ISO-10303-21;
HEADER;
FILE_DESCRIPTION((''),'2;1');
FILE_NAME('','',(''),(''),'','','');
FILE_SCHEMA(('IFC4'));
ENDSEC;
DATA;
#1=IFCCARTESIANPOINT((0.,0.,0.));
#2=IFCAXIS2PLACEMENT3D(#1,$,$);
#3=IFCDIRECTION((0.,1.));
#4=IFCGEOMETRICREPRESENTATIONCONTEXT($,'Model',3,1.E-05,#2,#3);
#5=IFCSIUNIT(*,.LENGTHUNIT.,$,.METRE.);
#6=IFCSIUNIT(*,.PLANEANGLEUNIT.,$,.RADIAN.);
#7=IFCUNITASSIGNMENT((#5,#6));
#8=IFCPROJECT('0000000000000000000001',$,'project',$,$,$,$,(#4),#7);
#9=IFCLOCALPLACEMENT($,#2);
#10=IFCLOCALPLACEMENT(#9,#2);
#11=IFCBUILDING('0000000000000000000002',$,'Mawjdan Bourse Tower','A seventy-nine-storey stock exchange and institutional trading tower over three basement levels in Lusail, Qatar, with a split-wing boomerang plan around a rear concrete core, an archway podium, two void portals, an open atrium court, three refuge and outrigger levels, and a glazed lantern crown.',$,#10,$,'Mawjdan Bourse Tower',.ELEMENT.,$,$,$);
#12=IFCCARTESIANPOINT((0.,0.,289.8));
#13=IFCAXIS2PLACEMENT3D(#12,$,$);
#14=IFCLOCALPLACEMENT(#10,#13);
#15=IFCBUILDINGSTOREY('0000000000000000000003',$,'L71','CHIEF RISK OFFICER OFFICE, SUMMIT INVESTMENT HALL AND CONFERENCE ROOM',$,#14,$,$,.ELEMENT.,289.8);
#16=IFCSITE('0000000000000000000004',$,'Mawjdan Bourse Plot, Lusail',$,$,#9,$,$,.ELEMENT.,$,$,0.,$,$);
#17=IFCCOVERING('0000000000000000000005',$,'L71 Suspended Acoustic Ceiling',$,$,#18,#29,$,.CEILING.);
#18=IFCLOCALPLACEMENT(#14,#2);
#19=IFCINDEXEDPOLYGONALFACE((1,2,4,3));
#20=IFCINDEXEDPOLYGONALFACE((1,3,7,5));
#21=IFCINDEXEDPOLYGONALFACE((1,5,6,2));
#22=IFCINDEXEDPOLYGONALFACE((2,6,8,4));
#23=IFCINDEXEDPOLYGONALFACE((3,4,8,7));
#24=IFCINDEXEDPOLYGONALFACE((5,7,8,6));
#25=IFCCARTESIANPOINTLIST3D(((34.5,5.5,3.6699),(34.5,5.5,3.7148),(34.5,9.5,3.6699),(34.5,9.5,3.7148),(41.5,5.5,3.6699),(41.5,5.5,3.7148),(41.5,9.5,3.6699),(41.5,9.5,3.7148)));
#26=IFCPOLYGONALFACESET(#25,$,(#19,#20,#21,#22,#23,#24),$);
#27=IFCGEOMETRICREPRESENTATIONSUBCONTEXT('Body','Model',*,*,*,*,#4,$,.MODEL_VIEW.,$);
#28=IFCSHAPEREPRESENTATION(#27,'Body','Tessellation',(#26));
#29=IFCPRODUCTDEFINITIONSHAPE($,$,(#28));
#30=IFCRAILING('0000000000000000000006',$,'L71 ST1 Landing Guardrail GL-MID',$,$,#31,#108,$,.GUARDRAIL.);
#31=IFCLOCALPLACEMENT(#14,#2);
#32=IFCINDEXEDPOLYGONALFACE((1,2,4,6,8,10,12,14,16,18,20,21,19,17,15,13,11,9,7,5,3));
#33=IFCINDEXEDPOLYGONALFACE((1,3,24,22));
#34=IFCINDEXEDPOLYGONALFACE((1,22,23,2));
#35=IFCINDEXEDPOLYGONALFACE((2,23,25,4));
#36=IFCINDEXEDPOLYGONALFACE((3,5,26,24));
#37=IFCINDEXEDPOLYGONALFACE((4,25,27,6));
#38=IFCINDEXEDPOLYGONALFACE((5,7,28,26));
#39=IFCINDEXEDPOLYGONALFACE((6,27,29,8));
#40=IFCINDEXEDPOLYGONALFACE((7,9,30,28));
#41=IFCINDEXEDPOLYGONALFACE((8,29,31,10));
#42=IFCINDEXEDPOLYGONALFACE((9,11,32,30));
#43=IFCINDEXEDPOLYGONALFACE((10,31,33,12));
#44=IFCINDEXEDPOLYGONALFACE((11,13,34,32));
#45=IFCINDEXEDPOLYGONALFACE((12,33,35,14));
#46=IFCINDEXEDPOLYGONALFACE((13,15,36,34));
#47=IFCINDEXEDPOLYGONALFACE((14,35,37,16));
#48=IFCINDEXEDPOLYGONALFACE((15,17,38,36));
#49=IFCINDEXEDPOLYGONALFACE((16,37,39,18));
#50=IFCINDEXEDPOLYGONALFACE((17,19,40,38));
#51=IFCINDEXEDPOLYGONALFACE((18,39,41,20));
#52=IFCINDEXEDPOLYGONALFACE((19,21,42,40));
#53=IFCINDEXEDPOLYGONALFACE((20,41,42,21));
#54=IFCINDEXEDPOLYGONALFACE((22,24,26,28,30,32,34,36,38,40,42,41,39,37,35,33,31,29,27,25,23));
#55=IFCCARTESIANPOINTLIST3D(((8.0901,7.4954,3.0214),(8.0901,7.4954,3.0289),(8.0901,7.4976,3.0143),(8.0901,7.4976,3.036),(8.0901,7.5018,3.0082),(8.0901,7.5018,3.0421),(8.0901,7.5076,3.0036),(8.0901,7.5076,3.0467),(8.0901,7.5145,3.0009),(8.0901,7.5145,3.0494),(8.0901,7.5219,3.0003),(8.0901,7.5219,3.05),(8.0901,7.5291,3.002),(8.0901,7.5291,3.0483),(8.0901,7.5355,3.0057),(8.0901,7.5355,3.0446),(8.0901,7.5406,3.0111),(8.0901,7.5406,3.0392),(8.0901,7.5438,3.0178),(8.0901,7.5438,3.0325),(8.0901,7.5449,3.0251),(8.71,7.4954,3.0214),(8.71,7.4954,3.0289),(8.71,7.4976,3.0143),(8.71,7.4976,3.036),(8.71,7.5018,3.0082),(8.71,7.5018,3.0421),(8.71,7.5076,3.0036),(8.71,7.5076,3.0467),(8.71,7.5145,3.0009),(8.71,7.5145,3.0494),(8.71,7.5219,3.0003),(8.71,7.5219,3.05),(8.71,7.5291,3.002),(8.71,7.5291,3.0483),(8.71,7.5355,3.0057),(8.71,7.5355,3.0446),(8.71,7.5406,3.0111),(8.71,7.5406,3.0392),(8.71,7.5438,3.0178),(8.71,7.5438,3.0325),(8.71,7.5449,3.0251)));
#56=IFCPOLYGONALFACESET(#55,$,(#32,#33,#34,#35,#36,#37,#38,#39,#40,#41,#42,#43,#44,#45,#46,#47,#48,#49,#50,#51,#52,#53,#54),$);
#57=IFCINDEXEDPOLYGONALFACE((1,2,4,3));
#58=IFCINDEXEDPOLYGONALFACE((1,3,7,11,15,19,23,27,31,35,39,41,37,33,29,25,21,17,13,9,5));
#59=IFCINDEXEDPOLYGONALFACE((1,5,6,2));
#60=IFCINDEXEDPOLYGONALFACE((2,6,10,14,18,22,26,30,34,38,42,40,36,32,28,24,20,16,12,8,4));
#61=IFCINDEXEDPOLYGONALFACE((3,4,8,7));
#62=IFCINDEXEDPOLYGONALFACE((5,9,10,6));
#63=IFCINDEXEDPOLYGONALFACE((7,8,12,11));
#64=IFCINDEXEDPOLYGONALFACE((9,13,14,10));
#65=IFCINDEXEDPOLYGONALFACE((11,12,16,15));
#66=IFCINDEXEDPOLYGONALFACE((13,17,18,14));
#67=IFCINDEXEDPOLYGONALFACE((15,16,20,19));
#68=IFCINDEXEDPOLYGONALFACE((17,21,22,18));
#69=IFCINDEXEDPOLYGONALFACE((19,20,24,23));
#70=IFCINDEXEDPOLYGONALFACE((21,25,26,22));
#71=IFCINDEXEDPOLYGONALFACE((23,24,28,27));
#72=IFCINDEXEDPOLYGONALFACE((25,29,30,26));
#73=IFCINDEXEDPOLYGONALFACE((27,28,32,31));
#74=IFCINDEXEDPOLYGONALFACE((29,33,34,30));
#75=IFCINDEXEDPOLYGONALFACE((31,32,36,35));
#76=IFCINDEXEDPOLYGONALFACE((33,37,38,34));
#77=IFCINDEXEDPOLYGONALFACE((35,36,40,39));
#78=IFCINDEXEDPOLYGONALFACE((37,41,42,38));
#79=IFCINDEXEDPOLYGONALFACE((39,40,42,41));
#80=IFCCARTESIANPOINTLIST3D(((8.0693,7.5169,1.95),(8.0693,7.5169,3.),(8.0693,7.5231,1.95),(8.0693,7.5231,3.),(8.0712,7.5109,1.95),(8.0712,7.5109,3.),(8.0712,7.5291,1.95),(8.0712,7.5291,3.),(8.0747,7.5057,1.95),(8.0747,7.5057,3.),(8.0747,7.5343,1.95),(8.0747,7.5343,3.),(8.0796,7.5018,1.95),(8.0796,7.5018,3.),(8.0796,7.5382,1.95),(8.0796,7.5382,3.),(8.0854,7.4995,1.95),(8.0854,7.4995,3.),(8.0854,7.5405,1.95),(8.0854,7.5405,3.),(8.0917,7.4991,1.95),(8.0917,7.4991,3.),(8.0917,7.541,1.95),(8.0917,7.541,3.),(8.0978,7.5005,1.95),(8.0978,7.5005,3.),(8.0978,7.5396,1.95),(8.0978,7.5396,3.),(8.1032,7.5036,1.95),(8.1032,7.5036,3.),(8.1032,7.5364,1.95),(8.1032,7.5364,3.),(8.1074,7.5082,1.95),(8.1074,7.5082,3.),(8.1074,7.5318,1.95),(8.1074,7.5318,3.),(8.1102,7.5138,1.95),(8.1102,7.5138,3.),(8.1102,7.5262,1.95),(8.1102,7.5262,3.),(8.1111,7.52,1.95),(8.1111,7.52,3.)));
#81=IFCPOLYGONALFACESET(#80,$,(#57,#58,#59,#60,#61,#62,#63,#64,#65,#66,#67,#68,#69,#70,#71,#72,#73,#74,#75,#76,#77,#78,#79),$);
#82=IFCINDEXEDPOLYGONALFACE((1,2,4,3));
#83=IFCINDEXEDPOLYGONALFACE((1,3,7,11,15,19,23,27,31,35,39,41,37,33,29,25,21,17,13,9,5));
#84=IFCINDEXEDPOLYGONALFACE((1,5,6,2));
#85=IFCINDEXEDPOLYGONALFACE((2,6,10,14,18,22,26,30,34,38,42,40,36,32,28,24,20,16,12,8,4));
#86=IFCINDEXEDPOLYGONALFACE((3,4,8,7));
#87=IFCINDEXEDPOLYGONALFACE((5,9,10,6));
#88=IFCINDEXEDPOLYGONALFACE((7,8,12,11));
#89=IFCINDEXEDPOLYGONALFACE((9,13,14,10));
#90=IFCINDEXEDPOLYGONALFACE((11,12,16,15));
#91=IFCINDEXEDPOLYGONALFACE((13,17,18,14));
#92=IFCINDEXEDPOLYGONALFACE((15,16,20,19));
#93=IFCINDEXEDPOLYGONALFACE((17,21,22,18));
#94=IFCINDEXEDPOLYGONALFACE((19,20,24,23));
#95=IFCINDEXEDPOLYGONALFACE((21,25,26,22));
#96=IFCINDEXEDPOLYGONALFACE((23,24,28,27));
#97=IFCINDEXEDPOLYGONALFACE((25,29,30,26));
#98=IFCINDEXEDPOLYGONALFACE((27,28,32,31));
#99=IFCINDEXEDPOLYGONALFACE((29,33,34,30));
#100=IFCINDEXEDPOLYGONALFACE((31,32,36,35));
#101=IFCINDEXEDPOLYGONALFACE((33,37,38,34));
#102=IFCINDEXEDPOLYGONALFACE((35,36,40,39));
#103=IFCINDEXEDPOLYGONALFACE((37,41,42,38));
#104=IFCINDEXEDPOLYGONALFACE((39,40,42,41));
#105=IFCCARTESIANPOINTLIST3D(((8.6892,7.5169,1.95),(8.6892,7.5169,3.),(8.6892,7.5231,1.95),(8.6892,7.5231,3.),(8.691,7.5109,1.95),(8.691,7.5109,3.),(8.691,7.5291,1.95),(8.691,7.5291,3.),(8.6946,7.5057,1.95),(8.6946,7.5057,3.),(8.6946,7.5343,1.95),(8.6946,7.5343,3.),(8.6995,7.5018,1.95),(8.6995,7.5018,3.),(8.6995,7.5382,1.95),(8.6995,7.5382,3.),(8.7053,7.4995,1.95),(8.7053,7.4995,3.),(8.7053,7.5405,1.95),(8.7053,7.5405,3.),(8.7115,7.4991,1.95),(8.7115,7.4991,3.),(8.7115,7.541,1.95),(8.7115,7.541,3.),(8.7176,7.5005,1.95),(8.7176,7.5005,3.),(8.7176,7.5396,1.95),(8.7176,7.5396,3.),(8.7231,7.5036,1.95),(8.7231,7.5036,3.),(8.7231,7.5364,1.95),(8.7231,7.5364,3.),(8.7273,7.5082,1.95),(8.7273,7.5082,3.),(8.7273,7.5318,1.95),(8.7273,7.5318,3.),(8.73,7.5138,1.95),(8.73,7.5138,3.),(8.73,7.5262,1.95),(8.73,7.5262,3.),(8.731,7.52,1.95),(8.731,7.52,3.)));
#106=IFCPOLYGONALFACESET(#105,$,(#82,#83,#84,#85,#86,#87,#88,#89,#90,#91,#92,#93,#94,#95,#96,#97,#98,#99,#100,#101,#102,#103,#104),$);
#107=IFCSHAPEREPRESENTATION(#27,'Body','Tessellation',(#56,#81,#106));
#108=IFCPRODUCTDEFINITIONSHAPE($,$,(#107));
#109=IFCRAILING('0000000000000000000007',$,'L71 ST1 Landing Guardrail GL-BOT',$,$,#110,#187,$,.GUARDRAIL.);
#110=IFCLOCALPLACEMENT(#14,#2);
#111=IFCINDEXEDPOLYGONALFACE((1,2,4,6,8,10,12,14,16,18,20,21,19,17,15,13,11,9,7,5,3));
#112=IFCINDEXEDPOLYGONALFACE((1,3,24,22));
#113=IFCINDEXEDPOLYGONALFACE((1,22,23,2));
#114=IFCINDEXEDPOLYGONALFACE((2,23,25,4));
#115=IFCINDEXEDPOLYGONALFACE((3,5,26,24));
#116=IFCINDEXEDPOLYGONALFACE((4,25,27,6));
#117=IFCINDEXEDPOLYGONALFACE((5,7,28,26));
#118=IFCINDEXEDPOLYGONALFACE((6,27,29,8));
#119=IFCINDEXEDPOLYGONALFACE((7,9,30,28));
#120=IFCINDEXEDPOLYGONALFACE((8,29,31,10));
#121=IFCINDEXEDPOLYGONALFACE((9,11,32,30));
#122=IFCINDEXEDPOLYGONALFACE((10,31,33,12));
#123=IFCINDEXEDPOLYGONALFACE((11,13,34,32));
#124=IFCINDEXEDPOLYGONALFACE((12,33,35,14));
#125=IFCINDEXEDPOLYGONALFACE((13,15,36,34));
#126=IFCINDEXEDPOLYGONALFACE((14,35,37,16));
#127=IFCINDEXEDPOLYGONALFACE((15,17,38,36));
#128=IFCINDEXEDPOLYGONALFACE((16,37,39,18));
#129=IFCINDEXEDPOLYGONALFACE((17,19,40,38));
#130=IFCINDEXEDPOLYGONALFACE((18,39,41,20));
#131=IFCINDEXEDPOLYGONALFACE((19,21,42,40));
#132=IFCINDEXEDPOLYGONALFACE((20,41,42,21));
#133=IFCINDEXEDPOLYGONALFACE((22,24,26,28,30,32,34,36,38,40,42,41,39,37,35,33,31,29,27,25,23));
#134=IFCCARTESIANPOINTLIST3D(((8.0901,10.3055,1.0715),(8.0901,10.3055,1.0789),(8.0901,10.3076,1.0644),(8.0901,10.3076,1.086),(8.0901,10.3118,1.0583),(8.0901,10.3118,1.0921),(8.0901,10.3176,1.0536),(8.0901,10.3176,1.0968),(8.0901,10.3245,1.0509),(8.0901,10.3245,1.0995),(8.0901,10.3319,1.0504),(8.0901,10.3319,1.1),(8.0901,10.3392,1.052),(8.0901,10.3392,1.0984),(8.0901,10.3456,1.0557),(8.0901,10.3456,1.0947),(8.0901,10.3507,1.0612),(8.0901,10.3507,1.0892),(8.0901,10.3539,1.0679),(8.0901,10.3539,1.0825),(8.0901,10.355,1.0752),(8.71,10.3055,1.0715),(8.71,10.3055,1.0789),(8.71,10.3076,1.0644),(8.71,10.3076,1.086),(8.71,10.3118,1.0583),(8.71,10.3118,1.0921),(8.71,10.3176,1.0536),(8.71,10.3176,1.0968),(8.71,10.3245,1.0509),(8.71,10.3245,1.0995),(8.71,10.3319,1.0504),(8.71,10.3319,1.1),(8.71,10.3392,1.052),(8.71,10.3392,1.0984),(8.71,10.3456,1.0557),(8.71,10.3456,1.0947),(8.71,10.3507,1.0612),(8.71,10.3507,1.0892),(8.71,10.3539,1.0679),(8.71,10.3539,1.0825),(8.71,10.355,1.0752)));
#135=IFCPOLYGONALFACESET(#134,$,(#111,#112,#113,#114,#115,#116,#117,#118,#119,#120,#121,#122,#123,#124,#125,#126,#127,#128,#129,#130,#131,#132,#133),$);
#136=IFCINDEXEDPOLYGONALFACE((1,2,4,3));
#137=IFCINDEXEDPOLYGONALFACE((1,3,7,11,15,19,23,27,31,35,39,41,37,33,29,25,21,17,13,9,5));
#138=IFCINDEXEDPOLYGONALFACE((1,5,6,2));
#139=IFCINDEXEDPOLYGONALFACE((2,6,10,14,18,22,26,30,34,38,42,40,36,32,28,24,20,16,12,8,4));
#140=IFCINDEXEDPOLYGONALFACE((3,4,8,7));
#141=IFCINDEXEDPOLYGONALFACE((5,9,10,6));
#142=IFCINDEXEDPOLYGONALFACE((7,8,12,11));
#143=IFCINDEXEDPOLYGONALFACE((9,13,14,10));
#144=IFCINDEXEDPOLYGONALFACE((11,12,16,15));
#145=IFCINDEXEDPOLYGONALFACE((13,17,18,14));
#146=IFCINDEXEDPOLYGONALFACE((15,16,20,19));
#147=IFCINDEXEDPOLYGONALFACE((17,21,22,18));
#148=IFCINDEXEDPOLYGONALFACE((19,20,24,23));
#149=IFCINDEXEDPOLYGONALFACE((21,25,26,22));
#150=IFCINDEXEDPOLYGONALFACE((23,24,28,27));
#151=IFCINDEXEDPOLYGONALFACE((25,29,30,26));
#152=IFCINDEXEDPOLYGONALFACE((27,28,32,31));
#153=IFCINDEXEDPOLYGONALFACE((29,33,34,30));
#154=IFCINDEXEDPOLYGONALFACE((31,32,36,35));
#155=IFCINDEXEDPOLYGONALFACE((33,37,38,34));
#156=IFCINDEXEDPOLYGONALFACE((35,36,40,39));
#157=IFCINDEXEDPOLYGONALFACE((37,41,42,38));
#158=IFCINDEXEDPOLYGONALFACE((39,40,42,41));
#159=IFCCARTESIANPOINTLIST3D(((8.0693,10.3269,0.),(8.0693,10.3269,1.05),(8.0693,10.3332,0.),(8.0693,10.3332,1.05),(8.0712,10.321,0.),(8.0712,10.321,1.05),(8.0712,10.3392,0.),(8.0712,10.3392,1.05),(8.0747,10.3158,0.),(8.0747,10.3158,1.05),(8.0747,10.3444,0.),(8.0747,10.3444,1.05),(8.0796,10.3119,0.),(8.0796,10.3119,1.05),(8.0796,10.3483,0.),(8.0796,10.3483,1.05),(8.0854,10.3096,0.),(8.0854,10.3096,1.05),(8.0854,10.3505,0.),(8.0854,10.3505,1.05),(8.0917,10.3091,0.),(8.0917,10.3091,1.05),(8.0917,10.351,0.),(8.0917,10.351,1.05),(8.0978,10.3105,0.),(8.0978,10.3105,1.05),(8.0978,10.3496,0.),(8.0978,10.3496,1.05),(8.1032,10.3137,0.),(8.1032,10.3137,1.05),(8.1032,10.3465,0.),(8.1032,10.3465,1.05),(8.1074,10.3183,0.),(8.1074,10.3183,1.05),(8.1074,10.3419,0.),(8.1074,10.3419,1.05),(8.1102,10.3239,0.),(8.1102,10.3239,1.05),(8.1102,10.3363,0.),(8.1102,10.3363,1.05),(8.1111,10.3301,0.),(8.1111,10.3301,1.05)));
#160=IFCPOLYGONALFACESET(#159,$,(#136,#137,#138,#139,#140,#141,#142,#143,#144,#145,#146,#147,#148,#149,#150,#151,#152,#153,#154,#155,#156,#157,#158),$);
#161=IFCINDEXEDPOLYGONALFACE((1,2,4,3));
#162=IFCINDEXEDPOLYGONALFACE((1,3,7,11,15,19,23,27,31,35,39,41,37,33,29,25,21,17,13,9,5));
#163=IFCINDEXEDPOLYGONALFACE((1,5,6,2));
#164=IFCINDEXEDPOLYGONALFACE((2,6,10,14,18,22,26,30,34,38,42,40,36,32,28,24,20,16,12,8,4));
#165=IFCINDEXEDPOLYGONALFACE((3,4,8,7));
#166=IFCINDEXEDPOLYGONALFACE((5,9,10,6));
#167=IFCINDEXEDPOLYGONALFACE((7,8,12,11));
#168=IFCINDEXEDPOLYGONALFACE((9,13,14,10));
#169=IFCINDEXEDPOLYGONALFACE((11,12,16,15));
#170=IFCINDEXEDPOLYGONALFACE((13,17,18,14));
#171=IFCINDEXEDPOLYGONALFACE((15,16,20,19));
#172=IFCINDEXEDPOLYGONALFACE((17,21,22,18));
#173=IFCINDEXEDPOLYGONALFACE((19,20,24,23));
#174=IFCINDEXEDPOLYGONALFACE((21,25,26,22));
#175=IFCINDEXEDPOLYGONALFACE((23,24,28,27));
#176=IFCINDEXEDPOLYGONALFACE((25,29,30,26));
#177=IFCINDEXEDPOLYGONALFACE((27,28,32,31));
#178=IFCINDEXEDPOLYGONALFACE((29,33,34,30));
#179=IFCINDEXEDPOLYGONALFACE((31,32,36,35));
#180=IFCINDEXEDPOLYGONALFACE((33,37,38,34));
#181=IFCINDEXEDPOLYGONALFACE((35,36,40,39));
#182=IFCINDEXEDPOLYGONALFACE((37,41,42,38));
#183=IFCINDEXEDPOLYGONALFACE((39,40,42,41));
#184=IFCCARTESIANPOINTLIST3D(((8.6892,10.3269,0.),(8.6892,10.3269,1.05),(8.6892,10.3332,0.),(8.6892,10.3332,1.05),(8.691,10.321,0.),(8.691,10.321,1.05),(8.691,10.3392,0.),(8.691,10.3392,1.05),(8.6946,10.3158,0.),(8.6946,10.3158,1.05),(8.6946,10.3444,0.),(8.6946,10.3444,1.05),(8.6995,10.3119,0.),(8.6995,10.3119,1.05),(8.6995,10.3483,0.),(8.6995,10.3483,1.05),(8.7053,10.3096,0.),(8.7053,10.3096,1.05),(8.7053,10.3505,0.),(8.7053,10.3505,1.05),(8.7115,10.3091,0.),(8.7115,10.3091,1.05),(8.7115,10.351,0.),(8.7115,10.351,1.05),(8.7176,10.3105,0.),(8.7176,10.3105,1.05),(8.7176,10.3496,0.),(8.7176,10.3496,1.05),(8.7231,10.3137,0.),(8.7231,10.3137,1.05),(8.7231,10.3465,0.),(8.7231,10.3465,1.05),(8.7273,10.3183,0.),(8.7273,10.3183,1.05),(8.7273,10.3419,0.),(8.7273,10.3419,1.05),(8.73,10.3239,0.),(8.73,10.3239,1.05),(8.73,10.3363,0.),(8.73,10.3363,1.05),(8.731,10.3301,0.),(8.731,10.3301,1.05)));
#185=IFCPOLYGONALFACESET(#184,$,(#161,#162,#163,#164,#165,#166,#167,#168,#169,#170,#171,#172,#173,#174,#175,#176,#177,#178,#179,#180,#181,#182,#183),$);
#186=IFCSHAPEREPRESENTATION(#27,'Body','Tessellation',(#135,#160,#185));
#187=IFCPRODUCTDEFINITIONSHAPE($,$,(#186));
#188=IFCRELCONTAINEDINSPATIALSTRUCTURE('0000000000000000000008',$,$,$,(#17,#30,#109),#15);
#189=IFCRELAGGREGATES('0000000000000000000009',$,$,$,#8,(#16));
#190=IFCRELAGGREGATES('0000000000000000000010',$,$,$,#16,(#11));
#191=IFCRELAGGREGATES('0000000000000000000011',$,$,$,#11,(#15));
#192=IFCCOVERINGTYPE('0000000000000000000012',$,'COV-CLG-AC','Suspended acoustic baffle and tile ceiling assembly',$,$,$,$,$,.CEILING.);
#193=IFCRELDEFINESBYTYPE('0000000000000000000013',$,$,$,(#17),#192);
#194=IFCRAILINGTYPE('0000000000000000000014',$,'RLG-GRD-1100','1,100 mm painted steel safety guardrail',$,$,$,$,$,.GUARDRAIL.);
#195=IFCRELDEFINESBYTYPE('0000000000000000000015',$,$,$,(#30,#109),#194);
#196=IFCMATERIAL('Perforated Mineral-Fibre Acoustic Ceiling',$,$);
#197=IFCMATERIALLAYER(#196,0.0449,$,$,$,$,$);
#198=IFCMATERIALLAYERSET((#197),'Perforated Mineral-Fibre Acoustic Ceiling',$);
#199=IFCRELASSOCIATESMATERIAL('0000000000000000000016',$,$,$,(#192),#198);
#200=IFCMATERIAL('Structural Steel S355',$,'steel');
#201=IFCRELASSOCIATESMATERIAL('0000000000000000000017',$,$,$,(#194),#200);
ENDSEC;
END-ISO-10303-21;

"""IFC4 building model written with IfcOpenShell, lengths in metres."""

from ifc_helpers import new_model, si_unit, direction, frame, origin, origin_2d, place, context, subcontext, project, spatial, polyline, circle, outline, extrude, material, layer, layer_set, type_object, element, save


model = new_model("IFC4")

# Units and contexts
model_context = context("Model", 3, precision=1e-05, world=origin(), true_north=direction((0.0, 1.0)))
body_context = subcontext(model_context, "Body", "Model", "MODEL_VIEW")
ifc_project = project(units=[si_unit("LENGTHUNIT", "METRE"), si_unit("PLANEANGLEUNIT", "RADIAN")], contexts=[model_context])

# Site, building, storey
site_placement = place(None, origin())
site = spatial("IfcSite", under=ifc_project, at=site_placement, Name="Mawjdan Bourse Plot, Lusail", CompositionType="ELEMENT", RefElevation=0.0)
building_placement = place(site_placement, origin())
building = spatial("IfcBuilding", under=site, at=building_placement, Name="Mawjdan Bourse Tower", Description="A seventy-nine-storey stock exchange and institutional trading tower over three basement levels in Lusail, Qatar, with a split-wing boomerang plan around a rear concrete core, an archway podium, two void portals, an open atrium court, three refuge and outrigger levels, and a glazed lantern crown.", LongName="Mawjdan Bourse Tower", CompositionType="ELEMENT")
storey_placement = place(building_placement, frame((0.0, 0.0, 289.8)))
storey = spatial("IfcBuildingStorey", under=building, at=storey_placement, Name="L71", Description="CHIEF RISK OFFICER OFFICE, SUMMIT INVESTMENT HALL AND CONFERENCE ROOM", CompositionType="ELEMENT", Elevation=289.8)

# Covering
ifc_material_1 = material(Name="Perforated Mineral-Fibre Acoustic Ceiling")
ifc_layer_1 = layer(ifc_material_1, 0.0449)
ifc_layer_set_1 = layer_set([ifc_layer_1], Name="Perforated Mineral-Fibre Acoustic Ceiling")
covering_type = type_object("IfcCoveringType", Name="COV-CLG-AC", Description="Suspended acoustic baffle and tile ceiling assembly", PredefinedType="CEILING", material=ifc_layer_set_1)
covering_placement = place(storey_placement, frame((0.0, 0.0, 3.6699)))
element("IfcCovering", 1, at=covering_placement, inside=storey, type_object=covering_type, Name="L71 Suspended Acoustic Ceiling", PredefinedType="CEILING", context=body_context, shape_type="SweptSolid", body=[
    extrude(outline(polyline([(34.5, 5.5), (41.5, 5.5), (41.5, 9.5), (34.5, 9.5), (34.5, 5.5)])), origin(), (0.0, 0.0, 1.0), 0.0449),
])

# Railings
ifc_material_2 = material(Name="Structural Steel S355", Category="steel")
railing_type_1 = type_object("IfcRailingType", Name="RLG-GRD-1100", Description="1,100 mm painted steel safety guardrail", PredefinedType="GUARDRAIL", material=ifc_material_2)
for number, where, name in (
    (2, (8.0901, 7.52, 1.95), "L71 ST1 Landing Guardrail GL-MID"),
    (3, (8.0901, 10.3301, 0.0), "L71 ST1 Landing Guardrail GL-BOT"),
):
    element("IfcRailing", number, at=place(storey_placement, frame(where)), inside=storey, type_object=railing_type_1, Name=name, PredefinedType="GUARDRAIL", context=body_context, shape_type="SweptSolid", body=[
        extrude(circle(Radius=0.0249, at=origin_2d()), frame((0.0, 0.0, 1.0752), z_axis=(1.0, 0.0, 0.0), x_axis=(0.0, 1.0, 0.0)), (0.0, 0.0, 1.0), 0.6199),
        extrude(circle(Radius=0.021, at=origin_2d()), origin(), (0.0, 0.0, 1.0), 1.05),
        extrude(circle(Radius=0.021, at=origin_2d()), frame((0.6199, 0.0, 0.0)), (0.0, 0.0, 1.0), 1.05),
    ])

save(model, "model.ifc")
